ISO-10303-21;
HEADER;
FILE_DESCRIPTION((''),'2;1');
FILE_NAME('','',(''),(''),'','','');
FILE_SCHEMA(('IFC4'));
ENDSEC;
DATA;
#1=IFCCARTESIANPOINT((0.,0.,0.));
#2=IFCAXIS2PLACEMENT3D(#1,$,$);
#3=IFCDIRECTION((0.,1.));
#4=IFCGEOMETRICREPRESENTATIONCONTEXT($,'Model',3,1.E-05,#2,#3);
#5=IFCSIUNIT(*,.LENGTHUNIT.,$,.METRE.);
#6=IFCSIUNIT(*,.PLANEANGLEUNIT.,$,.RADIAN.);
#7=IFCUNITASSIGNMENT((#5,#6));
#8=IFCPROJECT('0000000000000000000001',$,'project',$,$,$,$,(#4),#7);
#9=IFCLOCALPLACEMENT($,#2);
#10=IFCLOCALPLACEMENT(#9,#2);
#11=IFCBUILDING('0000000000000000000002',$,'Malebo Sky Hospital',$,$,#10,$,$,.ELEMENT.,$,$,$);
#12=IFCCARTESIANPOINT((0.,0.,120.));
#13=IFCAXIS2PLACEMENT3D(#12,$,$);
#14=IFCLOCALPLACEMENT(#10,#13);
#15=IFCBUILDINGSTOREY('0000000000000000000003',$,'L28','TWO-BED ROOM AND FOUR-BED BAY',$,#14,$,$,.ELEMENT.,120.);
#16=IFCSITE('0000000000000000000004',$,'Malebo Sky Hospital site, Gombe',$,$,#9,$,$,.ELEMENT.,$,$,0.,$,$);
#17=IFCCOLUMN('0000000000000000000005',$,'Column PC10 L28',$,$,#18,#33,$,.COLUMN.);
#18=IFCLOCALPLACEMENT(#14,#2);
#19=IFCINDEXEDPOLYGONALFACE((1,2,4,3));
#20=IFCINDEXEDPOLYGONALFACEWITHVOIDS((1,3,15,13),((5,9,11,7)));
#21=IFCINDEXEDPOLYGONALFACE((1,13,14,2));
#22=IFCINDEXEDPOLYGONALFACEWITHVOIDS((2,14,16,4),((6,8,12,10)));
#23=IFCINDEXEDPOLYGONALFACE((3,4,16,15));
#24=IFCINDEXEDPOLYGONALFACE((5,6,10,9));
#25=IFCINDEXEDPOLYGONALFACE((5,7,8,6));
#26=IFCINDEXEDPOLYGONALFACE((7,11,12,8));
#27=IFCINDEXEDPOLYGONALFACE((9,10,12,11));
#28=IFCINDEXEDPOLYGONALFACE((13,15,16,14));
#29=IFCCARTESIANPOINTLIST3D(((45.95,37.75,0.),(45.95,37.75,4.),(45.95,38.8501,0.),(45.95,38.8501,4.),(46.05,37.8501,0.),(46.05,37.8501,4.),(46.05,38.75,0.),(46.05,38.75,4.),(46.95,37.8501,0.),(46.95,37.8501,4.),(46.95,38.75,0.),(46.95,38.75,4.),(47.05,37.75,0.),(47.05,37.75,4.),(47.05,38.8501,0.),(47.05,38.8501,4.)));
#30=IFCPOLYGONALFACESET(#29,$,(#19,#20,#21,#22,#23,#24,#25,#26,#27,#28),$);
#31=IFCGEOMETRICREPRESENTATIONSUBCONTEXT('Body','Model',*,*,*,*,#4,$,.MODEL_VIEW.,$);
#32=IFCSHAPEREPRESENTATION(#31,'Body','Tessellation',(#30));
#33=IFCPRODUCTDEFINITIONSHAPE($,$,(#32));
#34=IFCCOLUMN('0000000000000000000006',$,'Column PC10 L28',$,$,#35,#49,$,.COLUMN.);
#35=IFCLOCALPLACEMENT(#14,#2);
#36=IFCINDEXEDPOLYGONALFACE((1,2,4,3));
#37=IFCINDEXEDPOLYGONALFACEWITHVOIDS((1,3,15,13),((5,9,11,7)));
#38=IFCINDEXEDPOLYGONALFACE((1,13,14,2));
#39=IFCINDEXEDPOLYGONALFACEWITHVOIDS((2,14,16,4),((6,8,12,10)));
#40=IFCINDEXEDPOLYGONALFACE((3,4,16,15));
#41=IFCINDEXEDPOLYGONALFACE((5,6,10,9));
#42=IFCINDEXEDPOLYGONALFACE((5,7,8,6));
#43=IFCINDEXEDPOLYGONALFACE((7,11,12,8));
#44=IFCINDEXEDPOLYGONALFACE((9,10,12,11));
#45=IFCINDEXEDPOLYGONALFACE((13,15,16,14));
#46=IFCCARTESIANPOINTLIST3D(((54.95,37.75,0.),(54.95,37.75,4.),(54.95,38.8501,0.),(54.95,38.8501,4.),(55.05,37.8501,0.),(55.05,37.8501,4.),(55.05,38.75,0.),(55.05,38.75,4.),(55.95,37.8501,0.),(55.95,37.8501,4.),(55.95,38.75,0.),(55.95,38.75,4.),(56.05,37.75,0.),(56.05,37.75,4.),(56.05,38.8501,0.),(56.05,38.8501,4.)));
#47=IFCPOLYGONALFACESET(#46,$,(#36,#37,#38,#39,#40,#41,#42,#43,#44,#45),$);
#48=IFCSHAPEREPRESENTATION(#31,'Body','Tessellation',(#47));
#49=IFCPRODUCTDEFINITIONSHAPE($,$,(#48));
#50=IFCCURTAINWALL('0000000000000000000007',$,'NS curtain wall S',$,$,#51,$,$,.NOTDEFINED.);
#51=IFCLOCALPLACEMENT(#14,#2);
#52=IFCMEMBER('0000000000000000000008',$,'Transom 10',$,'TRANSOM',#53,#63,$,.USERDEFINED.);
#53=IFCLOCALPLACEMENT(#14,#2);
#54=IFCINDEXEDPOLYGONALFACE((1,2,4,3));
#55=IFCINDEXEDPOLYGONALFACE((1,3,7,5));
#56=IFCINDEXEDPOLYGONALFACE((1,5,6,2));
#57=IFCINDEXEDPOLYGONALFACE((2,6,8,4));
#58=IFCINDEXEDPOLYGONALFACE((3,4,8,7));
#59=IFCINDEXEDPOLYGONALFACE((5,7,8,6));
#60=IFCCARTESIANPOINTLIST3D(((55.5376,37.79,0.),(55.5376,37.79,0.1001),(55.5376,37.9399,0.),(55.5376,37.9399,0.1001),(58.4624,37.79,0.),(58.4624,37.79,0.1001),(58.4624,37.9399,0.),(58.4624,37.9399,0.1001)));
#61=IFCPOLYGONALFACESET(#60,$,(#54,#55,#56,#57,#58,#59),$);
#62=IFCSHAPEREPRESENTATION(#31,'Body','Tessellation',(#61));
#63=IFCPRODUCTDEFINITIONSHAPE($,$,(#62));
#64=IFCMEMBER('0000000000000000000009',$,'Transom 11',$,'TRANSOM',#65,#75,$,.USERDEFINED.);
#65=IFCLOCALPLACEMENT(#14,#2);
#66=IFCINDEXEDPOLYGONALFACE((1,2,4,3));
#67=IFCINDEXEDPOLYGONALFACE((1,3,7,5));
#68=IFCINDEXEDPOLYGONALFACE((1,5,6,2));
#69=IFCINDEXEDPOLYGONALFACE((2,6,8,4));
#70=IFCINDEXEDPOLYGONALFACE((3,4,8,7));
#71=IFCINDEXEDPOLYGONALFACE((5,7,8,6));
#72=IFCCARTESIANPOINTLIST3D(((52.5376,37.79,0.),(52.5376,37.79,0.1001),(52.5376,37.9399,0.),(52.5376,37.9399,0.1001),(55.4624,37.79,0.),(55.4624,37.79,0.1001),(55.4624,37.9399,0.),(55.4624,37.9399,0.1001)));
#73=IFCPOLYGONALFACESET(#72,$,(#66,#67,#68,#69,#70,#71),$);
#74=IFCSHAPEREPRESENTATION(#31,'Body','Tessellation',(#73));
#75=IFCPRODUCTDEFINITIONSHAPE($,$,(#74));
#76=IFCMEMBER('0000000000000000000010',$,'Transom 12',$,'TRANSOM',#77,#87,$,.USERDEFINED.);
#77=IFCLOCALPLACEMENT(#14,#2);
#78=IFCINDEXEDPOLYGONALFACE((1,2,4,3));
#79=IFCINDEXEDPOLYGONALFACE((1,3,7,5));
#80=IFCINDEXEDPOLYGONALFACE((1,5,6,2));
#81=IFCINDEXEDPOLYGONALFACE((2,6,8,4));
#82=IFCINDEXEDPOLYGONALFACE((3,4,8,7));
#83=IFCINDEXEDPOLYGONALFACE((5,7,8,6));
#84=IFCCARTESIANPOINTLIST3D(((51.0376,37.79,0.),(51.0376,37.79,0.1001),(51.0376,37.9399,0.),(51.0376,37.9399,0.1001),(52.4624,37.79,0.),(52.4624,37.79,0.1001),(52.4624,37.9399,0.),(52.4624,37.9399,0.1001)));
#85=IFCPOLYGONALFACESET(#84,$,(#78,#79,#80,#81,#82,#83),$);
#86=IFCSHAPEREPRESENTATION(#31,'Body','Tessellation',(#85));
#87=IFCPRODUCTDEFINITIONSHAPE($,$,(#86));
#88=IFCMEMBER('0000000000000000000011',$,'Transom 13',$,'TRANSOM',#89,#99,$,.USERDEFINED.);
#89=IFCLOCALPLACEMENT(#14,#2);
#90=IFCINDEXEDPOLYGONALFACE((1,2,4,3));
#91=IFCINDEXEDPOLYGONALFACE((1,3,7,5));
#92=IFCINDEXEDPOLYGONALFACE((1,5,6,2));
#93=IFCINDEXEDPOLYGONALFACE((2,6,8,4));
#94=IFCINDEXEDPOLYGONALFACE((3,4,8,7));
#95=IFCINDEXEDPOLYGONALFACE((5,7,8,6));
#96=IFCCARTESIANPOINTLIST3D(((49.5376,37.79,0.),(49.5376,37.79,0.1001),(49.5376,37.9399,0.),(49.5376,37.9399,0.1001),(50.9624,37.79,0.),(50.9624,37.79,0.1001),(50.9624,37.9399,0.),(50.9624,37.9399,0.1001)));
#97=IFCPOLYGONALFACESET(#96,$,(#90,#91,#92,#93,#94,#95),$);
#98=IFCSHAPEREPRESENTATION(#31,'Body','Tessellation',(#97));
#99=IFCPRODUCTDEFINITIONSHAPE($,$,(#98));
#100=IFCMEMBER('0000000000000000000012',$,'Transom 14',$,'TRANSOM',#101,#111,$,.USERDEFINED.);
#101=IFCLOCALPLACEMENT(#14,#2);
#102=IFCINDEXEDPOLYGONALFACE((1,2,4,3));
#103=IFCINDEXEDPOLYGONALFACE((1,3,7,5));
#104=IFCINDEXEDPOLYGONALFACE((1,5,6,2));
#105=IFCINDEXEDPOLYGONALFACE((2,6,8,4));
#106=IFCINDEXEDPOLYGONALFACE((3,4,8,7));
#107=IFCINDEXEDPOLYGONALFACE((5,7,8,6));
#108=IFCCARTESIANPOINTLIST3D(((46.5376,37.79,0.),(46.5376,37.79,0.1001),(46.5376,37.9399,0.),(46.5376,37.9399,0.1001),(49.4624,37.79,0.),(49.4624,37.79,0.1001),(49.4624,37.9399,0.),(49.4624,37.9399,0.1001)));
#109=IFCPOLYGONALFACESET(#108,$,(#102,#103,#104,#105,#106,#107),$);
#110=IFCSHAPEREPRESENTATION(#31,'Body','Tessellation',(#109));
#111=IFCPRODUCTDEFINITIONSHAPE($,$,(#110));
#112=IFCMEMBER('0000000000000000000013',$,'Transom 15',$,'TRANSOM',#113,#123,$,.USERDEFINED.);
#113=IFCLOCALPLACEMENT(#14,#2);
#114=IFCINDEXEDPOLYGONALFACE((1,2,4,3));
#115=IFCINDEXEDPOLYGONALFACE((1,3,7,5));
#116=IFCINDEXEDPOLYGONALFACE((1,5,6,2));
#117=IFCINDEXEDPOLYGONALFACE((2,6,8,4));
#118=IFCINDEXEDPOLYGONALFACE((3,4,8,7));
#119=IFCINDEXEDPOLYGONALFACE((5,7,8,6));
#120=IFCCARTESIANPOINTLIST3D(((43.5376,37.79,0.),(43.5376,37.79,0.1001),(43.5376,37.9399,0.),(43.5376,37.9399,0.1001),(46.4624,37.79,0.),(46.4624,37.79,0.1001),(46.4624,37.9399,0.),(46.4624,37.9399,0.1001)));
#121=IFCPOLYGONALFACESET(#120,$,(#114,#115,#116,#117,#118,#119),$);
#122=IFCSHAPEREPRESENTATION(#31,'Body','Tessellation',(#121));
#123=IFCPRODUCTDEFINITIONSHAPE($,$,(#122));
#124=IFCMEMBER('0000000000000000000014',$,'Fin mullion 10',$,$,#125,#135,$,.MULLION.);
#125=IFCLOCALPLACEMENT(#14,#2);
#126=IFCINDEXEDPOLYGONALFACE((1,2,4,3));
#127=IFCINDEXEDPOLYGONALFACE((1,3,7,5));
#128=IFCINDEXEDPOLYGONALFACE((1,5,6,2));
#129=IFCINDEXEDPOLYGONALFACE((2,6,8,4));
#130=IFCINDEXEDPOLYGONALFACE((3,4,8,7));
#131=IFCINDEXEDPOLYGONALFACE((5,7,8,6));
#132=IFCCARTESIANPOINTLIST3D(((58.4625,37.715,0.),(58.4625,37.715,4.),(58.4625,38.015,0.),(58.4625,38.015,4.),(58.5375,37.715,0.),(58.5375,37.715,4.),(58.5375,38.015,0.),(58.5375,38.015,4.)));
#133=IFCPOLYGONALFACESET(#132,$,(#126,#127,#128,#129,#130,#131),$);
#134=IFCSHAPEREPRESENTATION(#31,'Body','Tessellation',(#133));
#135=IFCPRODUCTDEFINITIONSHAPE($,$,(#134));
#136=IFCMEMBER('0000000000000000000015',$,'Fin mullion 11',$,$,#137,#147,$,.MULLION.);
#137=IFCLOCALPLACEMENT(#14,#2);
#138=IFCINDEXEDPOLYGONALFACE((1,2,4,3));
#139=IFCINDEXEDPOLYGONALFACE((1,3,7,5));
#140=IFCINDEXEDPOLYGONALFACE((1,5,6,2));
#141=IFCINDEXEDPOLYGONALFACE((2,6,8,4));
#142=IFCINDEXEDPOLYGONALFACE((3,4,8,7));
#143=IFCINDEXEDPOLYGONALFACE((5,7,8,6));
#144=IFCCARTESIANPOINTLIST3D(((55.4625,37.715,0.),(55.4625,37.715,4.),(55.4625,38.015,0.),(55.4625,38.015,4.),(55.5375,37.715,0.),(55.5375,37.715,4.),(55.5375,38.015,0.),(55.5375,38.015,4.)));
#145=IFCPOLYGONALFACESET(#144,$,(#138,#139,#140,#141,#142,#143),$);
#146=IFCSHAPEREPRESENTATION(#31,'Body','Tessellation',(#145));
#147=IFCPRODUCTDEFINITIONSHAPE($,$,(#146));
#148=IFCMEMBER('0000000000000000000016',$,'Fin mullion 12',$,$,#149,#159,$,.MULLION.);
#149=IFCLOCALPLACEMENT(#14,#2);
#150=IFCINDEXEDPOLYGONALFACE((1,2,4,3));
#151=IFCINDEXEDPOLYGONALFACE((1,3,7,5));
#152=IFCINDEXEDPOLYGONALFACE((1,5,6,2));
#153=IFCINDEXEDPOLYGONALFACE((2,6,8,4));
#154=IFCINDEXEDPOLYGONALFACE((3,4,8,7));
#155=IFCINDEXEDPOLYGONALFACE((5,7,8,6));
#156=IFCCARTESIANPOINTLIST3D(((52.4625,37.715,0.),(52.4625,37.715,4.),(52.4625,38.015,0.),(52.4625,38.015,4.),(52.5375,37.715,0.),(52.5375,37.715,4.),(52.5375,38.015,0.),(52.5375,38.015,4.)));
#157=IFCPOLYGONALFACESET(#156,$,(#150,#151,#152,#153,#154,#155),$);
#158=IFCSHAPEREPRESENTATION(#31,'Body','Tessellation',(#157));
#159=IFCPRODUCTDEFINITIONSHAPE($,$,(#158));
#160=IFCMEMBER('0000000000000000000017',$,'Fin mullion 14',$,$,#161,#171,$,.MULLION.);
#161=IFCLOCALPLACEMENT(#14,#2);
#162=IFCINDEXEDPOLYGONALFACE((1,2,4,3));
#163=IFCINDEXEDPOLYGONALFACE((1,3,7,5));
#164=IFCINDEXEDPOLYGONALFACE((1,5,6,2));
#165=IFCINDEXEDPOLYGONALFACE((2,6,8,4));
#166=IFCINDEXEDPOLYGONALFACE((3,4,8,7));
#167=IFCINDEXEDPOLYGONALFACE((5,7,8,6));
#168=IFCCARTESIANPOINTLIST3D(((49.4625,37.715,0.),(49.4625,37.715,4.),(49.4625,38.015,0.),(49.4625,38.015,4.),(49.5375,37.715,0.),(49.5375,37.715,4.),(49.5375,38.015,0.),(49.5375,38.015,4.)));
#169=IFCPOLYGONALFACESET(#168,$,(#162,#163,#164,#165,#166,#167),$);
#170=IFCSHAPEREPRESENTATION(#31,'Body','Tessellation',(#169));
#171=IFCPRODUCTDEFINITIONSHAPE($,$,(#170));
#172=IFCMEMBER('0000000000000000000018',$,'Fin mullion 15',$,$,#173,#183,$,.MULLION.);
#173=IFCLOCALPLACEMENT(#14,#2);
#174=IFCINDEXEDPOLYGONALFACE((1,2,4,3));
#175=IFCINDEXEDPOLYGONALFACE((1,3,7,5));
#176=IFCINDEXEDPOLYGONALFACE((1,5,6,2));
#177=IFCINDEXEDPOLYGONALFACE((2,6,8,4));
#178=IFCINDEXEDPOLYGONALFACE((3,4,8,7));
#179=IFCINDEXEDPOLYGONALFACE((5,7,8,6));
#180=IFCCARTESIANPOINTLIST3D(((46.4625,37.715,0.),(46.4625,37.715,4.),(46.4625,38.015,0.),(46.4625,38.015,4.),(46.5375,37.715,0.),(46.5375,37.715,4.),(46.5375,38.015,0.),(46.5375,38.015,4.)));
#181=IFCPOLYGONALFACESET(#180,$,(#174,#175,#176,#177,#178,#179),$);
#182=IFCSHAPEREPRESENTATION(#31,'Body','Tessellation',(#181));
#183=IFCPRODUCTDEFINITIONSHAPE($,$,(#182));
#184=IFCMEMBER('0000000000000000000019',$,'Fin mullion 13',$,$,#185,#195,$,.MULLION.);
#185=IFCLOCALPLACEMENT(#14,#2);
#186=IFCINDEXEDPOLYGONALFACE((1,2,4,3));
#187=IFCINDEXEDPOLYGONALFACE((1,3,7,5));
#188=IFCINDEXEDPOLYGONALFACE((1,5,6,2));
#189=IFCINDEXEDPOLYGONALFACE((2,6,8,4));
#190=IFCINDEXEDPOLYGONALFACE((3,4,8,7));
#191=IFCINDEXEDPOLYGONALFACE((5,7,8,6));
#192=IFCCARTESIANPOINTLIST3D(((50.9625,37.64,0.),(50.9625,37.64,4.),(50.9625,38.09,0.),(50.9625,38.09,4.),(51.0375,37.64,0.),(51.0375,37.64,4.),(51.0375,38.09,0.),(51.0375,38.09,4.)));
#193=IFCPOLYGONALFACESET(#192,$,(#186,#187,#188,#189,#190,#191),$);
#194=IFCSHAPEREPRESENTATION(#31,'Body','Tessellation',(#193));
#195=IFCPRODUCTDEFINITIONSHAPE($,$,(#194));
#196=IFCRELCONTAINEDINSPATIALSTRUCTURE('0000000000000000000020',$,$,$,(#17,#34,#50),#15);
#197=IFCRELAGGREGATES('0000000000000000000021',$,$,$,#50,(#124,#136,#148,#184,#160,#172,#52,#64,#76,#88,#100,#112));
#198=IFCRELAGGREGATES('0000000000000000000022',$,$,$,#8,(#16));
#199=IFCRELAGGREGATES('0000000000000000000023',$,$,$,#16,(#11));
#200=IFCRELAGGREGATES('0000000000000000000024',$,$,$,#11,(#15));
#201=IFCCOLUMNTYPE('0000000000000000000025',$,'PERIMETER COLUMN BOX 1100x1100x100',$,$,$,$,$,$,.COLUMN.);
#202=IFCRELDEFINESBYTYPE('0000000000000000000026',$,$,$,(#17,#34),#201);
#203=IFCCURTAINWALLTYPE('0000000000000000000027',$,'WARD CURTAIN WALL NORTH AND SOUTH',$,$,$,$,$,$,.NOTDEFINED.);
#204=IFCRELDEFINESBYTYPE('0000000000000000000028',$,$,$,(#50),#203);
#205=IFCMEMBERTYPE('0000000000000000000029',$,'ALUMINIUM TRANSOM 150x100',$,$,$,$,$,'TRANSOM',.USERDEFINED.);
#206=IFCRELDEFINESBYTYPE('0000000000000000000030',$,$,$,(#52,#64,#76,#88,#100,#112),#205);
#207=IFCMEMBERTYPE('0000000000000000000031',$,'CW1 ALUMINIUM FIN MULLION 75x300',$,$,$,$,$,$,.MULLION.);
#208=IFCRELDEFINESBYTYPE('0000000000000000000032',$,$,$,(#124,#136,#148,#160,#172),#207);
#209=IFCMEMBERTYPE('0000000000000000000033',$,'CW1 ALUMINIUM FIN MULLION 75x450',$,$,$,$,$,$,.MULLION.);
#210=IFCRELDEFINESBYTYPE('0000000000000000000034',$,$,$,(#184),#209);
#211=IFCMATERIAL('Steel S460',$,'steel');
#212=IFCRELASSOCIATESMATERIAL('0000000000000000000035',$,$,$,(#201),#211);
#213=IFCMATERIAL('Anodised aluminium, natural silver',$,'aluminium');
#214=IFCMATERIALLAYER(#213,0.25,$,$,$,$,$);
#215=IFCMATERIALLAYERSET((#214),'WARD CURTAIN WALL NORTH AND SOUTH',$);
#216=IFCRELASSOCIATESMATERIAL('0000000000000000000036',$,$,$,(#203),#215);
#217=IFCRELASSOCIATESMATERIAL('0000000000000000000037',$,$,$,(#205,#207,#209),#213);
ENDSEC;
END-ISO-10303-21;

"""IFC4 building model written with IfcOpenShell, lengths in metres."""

from ifc_helpers import new_model, si_unit, direction, frame, origin, origin_2d, place, context, subcontext, project, spatial, rectangle, hollow_rectangle, extrude, material, layer, layer_set, material_profile, profile_set, type_object, element, aggregate, save


model = new_model("IFC4")

# Units and contexts
model_context = context("Model", 3, precision=1e-05, world=origin(), true_north=direction((0.0, 1.0)))
body_context = subcontext(model_context, "Body", "Model", "MODEL_VIEW")
ifc_project = project(units=[si_unit("LENGTHUNIT", "METRE"), si_unit("PLANEANGLEUNIT", "RADIAN")], contexts=[model_context])

# Site, building, storey
site_placement = place(None, origin())
site = spatial("IfcSite", under=ifc_project, at=site_placement, Name="Malebo Sky Hospital site, Gombe", CompositionType="ELEMENT", RefElevation=0.0)
building_placement = place(site_placement, origin())
building = spatial("IfcBuilding", under=site, at=building_placement, Name="Malebo Sky Hospital", CompositionType="ELEMENT")
storey_placement = place(building_placement, frame((0.0, 0.0, 120.0)))
storey = spatial("IfcBuildingStorey", under=building, at=storey_placement, Name="L28", Description="TWO-BED ROOM AND FOUR-BED BAY", CompositionType="ELEMENT", Elevation=120.0)

# Columns
ifc_material_1 = material(Name="Steel S460", Category="steel")
ifc_material_profile_1 = material_profile(ifc_material_1, hollow_rectangle(XDim=1.1001, YDim=1.1001, WallThickness=0.1001, at=origin_2d()), Name="BOX 1100x1100x100")
ifc_profile_set_1 = profile_set([ifc_material_profile_1], Name="Steel S460")
column_type = type_object("IfcColumnType", Name="PERIMETER COLUMN BOX 1100x1100x100", PredefinedType="COLUMN", material=ifc_profile_set_1)
for number, where, z_axis, x_axis, name in (
    (1, (46.5, 38.3, 0.0), (0.0, 0.0, 1.0), (1.0, 0.0, 0.0), "Column PC10 L28"),
    (2, (55.5, 38.3, 0.0), (0.0, 0.0, 1.0), (1.0, 0.0, 0.0), "Column PC10 L28"),
):
    element("IfcColumn", number, at=place(storey_placement, frame(where, z_axis=z_axis, x_axis=x_axis)), inside=storey, type_object=column_type, Name=name, PredefinedType="COLUMN", context=body_context, shape_type="SweptSolid", body=[
        extrude(hollow_rectangle(XDim=1.1001, YDim=1.1001, WallThickness=0.1001, at=origin_2d()), origin(), (0.0, 0.0, 1.0), 4.0),
    ])

# Curtain wall, members
ifc_material_2 = material(Name="Anodised aluminium, natural silver", Category="aluminium")
ifc_layer_1 = layer(ifc_material_2, 0.25)
ifc_layer_set_1 = layer_set([ifc_layer_1], Name="WARD CURTAIN WALL NORTH AND SOUTH")
curtain_wall_type = type_object("IfcCurtainWallType", Name="WARD CURTAIN WALL NORTH AND SOUTH", PredefinedType="NOTDEFINED", material=ifc_layer_set_1)
curtain_wall_placement = place(storey_placement, origin())
curtain_wall = element("IfcCurtainWall", 3, at=curtain_wall_placement, inside=storey, type_object=curtain_wall_type, Name="NS curtain wall S", PredefinedType="NOTDEFINED")
ifc_material_profile_2 = material_profile(ifc_material_2, rectangle(XDim=0.1499, YDim=0.1001, at=origin_2d()), Name="ALUMINIUM TRANSOM 150x100")
ifc_profile_set_2 = profile_set([ifc_material_profile_2], Name="Anodised aluminium, natural silver")
member_type_1 = type_object("IfcMemberType", Name="ALUMINIUM TRANSOM 150x100", ElementType="TRANSOM", PredefinedType="USERDEFINED", material=ifc_profile_set_2)
member_1_placement = place(storey_placement, frame((58.4624, 37.865, 0.05), z_axis=(-1.0, 0.0, 0.0), x_axis=(0.0, -1.0, 0.0)))
member_1 = element("IfcMember", 4, at=member_1_placement, type_object=member_type_1, Name="Transom 10", ObjectType="TRANSOM", PredefinedType="USERDEFINED", context=body_context, shape_type="SweptSolid", body=[
    extrude(rectangle(XDim=0.1499, YDim=0.1001, at=origin_2d()), origin(), (0.0, 0.0, 1.0), 2.9248),
])
member_2_placement = place(storey_placement, frame((55.4624, 37.865, 0.05), z_axis=(-1.0, 0.0, 0.0), x_axis=(0.0, -1.0, 0.0)))
member_2 = element("IfcMember", 5, at=member_2_placement, type_object=member_type_1, Name="Transom 11", ObjectType="TRANSOM", PredefinedType="USERDEFINED", context=body_context, shape_type="SweptSolid", body=[
    extrude(rectangle(XDim=0.1499, YDim=0.1001, at=origin_2d()), origin(), (0.0, 0.0, 1.0), 2.9248),
])
member_3_placement = place(storey_placement, frame((52.4624, 37.865, 0.05), z_axis=(-1.0, 0.0, 0.0), x_axis=(0.0, -1.0, 0.0)))
member_3 = element("IfcMember", 6, at=member_3_placement, type_object=member_type_1, Name="Transom 12", ObjectType="TRANSOM", PredefinedType="USERDEFINED", context=body_context, shape_type="SweptSolid", body=[
    extrude(rectangle(XDim=0.1499, YDim=0.1001, at=origin_2d()), origin(), (0.0, 0.0, 1.0), 1.4248),
])
member_4_placement = place(storey_placement, frame((50.9624, 37.865, 0.05), z_axis=(-1.0, 0.0, 0.0), x_axis=(0.0, -1.0, 0.0)))
member_4 = element("IfcMember", 7, at=member_4_placement, type_object=member_type_1, Name="Transom 13", ObjectType="TRANSOM", PredefinedType="USERDEFINED", context=body_context, shape_type="SweptSolid", body=[
    extrude(rectangle(XDim=0.1499, YDim=0.1001, at=origin_2d()), origin(), (0.0, 0.0, 1.0), 1.4248),
])
member_5_placement = place(storey_placement, frame((49.4624, 37.865, 0.05), z_axis=(-1.0, 0.0, 0.0), x_axis=(0.0, -1.0, 0.0)))
member_5 = element("IfcMember", 8, at=member_5_placement, type_object=member_type_1, Name="Transom 14", ObjectType="TRANSOM", PredefinedType="USERDEFINED", context=body_context, shape_type="SweptSolid", body=[
    extrude(rectangle(XDim=0.1499, YDim=0.1001, at=origin_2d()), origin(), (0.0, 0.0, 1.0), 2.9248),
])
member_6_placement = place(storey_placement, frame((46.4624, 37.865, 0.05), z_axis=(-1.0, 0.0, 0.0), x_axis=(0.0, -1.0, 0.0)))
member_6 = element("IfcMember", 9, at=member_6_placement, type_object=member_type_1, Name="Transom 15", ObjectType="TRANSOM", PredefinedType="USERDEFINED", context=body_context, shape_type="SweptSolid", body=[
    extrude(rectangle(XDim=0.1499, YDim=0.1001, at=origin_2d()), origin(), (0.0, 0.0, 1.0), 2.9248),
])
ifc_material_profile_3 = material_profile(ifc_material_2, rectangle(XDim=0.075, YDim=0.3, at=origin_2d()), Name="CW1 ALUMINIUM FIN MULLION 75x300")
ifc_profile_set_3 = profile_set([ifc_material_profile_3], Name="Anodised aluminium, natural silver")
member_type_2 = type_object("IfcMemberType", Name="CW1 ALUMINIUM FIN MULLION 75x300", PredefinedType="MULLION", material=ifc_profile_set_3)
member_7_placement = place(storey_placement, frame((58.5, 37.865, 0.0), z_axis=(0.0, 0.0, 1.0), x_axis=(-1.0, 0.0, 0.0)))
member_7 = element("IfcMember", 10, at=member_7_placement, type_object=member_type_2, Name="Fin mullion 10", PredefinedType="MULLION", context=body_context, shape_type="SweptSolid", body=[
    extrude(rectangle(XDim=0.075, YDim=0.3, at=origin_2d()), origin(), (0.0, 0.0, 1.0), 4.0),
])
member_8_placement = place(storey_placement, frame((55.5, 37.865, 0.0), z_axis=(0.0, 0.0, 1.0), x_axis=(-1.0, 0.0, 0.0)))
member_8 = element("IfcMember", 11, at=member_8_placement, type_object=member_type_2, Name="Fin mullion 11", PredefinedType="MULLION", context=body_context, shape_type="SweptSolid", body=[
    extrude(rectangle(XDim=0.075, YDim=0.3, at=origin_2d()), origin(), (0.0, 0.0, 1.0), 4.0),
])
member_9_placement = place(storey_placement, frame((52.5, 37.865, 0.0), z_axis=(0.0, 0.0, 1.0), x_axis=(-1.0, 0.0, 0.0)))
member_9 = element("IfcMember", 12, at=member_9_placement, type_object=member_type_2, Name="Fin mullion 12", PredefinedType="MULLION", context=body_context, shape_type="SweptSolid", body=[
    extrude(rectangle(XDim=0.075, YDim=0.3, at=origin_2d()), origin(), (0.0, 0.0, 1.0), 4.0),
])
member_10_placement = place(storey_placement, frame((49.5, 37.865, 0.0), z_axis=(0.0, 0.0, 1.0), x_axis=(-1.0, 0.0, 0.0)))
member_10 = element("IfcMember", 13, at=member_10_placement, type_object=member_type_2, Name="Fin mullion 14", PredefinedType="MULLION", context=body_context, shape_type="SweptSolid", body=[
    extrude(rectangle(XDim=0.075, YDim=0.3, at=origin_2d()), origin(), (0.0, 0.0, 1.0), 4.0),
])
member_11_placement = place(storey_placement, frame((46.5, 37.865, 0.0), z_axis=(0.0, 0.0, 1.0), x_axis=(-1.0, 0.0, 0.0)))
member_11 = element("IfcMember", 14, at=member_11_placement, type_object=member_type_2, Name="Fin mullion 15", PredefinedType="MULLION", context=body_context, shape_type="SweptSolid", body=[
    extrude(rectangle(XDim=0.075, YDim=0.3, at=origin_2d()), origin(), (0.0, 0.0, 1.0), 4.0),
])
ifc_material_profile_4 = material_profile(ifc_material_2, rectangle(XDim=0.075, YDim=0.45, at=origin_2d()), Name="CW1 ALUMINIUM FIN MULLION 75x450")
ifc_profile_set_4 = profile_set([ifc_material_profile_4], Name="Anodised aluminium, natural silver")
member_type_3 = type_object("IfcMemberType", Name="CW1 ALUMINIUM FIN MULLION 75x450", PredefinedType="MULLION", material=ifc_profile_set_4)
member_12_placement = place(storey_placement, frame((51.0, 37.865, 0.0), z_axis=(0.0, 0.0, 1.0), x_axis=(-1.0, 0.0, 0.0)))
member_12 = element("IfcMember", 15, at=member_12_placement, type_object=member_type_3, Name="Fin mullion 13", PredefinedType="MULLION", context=body_context, shape_type="SweptSolid", body=[
    extrude(rectangle(XDim=0.075, YDim=0.45, at=origin_2d()), origin(), (0.0, 0.0, 1.0), 4.0),
])

aggregate(curtain_wall, [member_7, member_8, member_9, member_12, member_10, member_11, member_1, member_2, member_3, member_4, member_5, member_6])

save(model, "model.ifc")
